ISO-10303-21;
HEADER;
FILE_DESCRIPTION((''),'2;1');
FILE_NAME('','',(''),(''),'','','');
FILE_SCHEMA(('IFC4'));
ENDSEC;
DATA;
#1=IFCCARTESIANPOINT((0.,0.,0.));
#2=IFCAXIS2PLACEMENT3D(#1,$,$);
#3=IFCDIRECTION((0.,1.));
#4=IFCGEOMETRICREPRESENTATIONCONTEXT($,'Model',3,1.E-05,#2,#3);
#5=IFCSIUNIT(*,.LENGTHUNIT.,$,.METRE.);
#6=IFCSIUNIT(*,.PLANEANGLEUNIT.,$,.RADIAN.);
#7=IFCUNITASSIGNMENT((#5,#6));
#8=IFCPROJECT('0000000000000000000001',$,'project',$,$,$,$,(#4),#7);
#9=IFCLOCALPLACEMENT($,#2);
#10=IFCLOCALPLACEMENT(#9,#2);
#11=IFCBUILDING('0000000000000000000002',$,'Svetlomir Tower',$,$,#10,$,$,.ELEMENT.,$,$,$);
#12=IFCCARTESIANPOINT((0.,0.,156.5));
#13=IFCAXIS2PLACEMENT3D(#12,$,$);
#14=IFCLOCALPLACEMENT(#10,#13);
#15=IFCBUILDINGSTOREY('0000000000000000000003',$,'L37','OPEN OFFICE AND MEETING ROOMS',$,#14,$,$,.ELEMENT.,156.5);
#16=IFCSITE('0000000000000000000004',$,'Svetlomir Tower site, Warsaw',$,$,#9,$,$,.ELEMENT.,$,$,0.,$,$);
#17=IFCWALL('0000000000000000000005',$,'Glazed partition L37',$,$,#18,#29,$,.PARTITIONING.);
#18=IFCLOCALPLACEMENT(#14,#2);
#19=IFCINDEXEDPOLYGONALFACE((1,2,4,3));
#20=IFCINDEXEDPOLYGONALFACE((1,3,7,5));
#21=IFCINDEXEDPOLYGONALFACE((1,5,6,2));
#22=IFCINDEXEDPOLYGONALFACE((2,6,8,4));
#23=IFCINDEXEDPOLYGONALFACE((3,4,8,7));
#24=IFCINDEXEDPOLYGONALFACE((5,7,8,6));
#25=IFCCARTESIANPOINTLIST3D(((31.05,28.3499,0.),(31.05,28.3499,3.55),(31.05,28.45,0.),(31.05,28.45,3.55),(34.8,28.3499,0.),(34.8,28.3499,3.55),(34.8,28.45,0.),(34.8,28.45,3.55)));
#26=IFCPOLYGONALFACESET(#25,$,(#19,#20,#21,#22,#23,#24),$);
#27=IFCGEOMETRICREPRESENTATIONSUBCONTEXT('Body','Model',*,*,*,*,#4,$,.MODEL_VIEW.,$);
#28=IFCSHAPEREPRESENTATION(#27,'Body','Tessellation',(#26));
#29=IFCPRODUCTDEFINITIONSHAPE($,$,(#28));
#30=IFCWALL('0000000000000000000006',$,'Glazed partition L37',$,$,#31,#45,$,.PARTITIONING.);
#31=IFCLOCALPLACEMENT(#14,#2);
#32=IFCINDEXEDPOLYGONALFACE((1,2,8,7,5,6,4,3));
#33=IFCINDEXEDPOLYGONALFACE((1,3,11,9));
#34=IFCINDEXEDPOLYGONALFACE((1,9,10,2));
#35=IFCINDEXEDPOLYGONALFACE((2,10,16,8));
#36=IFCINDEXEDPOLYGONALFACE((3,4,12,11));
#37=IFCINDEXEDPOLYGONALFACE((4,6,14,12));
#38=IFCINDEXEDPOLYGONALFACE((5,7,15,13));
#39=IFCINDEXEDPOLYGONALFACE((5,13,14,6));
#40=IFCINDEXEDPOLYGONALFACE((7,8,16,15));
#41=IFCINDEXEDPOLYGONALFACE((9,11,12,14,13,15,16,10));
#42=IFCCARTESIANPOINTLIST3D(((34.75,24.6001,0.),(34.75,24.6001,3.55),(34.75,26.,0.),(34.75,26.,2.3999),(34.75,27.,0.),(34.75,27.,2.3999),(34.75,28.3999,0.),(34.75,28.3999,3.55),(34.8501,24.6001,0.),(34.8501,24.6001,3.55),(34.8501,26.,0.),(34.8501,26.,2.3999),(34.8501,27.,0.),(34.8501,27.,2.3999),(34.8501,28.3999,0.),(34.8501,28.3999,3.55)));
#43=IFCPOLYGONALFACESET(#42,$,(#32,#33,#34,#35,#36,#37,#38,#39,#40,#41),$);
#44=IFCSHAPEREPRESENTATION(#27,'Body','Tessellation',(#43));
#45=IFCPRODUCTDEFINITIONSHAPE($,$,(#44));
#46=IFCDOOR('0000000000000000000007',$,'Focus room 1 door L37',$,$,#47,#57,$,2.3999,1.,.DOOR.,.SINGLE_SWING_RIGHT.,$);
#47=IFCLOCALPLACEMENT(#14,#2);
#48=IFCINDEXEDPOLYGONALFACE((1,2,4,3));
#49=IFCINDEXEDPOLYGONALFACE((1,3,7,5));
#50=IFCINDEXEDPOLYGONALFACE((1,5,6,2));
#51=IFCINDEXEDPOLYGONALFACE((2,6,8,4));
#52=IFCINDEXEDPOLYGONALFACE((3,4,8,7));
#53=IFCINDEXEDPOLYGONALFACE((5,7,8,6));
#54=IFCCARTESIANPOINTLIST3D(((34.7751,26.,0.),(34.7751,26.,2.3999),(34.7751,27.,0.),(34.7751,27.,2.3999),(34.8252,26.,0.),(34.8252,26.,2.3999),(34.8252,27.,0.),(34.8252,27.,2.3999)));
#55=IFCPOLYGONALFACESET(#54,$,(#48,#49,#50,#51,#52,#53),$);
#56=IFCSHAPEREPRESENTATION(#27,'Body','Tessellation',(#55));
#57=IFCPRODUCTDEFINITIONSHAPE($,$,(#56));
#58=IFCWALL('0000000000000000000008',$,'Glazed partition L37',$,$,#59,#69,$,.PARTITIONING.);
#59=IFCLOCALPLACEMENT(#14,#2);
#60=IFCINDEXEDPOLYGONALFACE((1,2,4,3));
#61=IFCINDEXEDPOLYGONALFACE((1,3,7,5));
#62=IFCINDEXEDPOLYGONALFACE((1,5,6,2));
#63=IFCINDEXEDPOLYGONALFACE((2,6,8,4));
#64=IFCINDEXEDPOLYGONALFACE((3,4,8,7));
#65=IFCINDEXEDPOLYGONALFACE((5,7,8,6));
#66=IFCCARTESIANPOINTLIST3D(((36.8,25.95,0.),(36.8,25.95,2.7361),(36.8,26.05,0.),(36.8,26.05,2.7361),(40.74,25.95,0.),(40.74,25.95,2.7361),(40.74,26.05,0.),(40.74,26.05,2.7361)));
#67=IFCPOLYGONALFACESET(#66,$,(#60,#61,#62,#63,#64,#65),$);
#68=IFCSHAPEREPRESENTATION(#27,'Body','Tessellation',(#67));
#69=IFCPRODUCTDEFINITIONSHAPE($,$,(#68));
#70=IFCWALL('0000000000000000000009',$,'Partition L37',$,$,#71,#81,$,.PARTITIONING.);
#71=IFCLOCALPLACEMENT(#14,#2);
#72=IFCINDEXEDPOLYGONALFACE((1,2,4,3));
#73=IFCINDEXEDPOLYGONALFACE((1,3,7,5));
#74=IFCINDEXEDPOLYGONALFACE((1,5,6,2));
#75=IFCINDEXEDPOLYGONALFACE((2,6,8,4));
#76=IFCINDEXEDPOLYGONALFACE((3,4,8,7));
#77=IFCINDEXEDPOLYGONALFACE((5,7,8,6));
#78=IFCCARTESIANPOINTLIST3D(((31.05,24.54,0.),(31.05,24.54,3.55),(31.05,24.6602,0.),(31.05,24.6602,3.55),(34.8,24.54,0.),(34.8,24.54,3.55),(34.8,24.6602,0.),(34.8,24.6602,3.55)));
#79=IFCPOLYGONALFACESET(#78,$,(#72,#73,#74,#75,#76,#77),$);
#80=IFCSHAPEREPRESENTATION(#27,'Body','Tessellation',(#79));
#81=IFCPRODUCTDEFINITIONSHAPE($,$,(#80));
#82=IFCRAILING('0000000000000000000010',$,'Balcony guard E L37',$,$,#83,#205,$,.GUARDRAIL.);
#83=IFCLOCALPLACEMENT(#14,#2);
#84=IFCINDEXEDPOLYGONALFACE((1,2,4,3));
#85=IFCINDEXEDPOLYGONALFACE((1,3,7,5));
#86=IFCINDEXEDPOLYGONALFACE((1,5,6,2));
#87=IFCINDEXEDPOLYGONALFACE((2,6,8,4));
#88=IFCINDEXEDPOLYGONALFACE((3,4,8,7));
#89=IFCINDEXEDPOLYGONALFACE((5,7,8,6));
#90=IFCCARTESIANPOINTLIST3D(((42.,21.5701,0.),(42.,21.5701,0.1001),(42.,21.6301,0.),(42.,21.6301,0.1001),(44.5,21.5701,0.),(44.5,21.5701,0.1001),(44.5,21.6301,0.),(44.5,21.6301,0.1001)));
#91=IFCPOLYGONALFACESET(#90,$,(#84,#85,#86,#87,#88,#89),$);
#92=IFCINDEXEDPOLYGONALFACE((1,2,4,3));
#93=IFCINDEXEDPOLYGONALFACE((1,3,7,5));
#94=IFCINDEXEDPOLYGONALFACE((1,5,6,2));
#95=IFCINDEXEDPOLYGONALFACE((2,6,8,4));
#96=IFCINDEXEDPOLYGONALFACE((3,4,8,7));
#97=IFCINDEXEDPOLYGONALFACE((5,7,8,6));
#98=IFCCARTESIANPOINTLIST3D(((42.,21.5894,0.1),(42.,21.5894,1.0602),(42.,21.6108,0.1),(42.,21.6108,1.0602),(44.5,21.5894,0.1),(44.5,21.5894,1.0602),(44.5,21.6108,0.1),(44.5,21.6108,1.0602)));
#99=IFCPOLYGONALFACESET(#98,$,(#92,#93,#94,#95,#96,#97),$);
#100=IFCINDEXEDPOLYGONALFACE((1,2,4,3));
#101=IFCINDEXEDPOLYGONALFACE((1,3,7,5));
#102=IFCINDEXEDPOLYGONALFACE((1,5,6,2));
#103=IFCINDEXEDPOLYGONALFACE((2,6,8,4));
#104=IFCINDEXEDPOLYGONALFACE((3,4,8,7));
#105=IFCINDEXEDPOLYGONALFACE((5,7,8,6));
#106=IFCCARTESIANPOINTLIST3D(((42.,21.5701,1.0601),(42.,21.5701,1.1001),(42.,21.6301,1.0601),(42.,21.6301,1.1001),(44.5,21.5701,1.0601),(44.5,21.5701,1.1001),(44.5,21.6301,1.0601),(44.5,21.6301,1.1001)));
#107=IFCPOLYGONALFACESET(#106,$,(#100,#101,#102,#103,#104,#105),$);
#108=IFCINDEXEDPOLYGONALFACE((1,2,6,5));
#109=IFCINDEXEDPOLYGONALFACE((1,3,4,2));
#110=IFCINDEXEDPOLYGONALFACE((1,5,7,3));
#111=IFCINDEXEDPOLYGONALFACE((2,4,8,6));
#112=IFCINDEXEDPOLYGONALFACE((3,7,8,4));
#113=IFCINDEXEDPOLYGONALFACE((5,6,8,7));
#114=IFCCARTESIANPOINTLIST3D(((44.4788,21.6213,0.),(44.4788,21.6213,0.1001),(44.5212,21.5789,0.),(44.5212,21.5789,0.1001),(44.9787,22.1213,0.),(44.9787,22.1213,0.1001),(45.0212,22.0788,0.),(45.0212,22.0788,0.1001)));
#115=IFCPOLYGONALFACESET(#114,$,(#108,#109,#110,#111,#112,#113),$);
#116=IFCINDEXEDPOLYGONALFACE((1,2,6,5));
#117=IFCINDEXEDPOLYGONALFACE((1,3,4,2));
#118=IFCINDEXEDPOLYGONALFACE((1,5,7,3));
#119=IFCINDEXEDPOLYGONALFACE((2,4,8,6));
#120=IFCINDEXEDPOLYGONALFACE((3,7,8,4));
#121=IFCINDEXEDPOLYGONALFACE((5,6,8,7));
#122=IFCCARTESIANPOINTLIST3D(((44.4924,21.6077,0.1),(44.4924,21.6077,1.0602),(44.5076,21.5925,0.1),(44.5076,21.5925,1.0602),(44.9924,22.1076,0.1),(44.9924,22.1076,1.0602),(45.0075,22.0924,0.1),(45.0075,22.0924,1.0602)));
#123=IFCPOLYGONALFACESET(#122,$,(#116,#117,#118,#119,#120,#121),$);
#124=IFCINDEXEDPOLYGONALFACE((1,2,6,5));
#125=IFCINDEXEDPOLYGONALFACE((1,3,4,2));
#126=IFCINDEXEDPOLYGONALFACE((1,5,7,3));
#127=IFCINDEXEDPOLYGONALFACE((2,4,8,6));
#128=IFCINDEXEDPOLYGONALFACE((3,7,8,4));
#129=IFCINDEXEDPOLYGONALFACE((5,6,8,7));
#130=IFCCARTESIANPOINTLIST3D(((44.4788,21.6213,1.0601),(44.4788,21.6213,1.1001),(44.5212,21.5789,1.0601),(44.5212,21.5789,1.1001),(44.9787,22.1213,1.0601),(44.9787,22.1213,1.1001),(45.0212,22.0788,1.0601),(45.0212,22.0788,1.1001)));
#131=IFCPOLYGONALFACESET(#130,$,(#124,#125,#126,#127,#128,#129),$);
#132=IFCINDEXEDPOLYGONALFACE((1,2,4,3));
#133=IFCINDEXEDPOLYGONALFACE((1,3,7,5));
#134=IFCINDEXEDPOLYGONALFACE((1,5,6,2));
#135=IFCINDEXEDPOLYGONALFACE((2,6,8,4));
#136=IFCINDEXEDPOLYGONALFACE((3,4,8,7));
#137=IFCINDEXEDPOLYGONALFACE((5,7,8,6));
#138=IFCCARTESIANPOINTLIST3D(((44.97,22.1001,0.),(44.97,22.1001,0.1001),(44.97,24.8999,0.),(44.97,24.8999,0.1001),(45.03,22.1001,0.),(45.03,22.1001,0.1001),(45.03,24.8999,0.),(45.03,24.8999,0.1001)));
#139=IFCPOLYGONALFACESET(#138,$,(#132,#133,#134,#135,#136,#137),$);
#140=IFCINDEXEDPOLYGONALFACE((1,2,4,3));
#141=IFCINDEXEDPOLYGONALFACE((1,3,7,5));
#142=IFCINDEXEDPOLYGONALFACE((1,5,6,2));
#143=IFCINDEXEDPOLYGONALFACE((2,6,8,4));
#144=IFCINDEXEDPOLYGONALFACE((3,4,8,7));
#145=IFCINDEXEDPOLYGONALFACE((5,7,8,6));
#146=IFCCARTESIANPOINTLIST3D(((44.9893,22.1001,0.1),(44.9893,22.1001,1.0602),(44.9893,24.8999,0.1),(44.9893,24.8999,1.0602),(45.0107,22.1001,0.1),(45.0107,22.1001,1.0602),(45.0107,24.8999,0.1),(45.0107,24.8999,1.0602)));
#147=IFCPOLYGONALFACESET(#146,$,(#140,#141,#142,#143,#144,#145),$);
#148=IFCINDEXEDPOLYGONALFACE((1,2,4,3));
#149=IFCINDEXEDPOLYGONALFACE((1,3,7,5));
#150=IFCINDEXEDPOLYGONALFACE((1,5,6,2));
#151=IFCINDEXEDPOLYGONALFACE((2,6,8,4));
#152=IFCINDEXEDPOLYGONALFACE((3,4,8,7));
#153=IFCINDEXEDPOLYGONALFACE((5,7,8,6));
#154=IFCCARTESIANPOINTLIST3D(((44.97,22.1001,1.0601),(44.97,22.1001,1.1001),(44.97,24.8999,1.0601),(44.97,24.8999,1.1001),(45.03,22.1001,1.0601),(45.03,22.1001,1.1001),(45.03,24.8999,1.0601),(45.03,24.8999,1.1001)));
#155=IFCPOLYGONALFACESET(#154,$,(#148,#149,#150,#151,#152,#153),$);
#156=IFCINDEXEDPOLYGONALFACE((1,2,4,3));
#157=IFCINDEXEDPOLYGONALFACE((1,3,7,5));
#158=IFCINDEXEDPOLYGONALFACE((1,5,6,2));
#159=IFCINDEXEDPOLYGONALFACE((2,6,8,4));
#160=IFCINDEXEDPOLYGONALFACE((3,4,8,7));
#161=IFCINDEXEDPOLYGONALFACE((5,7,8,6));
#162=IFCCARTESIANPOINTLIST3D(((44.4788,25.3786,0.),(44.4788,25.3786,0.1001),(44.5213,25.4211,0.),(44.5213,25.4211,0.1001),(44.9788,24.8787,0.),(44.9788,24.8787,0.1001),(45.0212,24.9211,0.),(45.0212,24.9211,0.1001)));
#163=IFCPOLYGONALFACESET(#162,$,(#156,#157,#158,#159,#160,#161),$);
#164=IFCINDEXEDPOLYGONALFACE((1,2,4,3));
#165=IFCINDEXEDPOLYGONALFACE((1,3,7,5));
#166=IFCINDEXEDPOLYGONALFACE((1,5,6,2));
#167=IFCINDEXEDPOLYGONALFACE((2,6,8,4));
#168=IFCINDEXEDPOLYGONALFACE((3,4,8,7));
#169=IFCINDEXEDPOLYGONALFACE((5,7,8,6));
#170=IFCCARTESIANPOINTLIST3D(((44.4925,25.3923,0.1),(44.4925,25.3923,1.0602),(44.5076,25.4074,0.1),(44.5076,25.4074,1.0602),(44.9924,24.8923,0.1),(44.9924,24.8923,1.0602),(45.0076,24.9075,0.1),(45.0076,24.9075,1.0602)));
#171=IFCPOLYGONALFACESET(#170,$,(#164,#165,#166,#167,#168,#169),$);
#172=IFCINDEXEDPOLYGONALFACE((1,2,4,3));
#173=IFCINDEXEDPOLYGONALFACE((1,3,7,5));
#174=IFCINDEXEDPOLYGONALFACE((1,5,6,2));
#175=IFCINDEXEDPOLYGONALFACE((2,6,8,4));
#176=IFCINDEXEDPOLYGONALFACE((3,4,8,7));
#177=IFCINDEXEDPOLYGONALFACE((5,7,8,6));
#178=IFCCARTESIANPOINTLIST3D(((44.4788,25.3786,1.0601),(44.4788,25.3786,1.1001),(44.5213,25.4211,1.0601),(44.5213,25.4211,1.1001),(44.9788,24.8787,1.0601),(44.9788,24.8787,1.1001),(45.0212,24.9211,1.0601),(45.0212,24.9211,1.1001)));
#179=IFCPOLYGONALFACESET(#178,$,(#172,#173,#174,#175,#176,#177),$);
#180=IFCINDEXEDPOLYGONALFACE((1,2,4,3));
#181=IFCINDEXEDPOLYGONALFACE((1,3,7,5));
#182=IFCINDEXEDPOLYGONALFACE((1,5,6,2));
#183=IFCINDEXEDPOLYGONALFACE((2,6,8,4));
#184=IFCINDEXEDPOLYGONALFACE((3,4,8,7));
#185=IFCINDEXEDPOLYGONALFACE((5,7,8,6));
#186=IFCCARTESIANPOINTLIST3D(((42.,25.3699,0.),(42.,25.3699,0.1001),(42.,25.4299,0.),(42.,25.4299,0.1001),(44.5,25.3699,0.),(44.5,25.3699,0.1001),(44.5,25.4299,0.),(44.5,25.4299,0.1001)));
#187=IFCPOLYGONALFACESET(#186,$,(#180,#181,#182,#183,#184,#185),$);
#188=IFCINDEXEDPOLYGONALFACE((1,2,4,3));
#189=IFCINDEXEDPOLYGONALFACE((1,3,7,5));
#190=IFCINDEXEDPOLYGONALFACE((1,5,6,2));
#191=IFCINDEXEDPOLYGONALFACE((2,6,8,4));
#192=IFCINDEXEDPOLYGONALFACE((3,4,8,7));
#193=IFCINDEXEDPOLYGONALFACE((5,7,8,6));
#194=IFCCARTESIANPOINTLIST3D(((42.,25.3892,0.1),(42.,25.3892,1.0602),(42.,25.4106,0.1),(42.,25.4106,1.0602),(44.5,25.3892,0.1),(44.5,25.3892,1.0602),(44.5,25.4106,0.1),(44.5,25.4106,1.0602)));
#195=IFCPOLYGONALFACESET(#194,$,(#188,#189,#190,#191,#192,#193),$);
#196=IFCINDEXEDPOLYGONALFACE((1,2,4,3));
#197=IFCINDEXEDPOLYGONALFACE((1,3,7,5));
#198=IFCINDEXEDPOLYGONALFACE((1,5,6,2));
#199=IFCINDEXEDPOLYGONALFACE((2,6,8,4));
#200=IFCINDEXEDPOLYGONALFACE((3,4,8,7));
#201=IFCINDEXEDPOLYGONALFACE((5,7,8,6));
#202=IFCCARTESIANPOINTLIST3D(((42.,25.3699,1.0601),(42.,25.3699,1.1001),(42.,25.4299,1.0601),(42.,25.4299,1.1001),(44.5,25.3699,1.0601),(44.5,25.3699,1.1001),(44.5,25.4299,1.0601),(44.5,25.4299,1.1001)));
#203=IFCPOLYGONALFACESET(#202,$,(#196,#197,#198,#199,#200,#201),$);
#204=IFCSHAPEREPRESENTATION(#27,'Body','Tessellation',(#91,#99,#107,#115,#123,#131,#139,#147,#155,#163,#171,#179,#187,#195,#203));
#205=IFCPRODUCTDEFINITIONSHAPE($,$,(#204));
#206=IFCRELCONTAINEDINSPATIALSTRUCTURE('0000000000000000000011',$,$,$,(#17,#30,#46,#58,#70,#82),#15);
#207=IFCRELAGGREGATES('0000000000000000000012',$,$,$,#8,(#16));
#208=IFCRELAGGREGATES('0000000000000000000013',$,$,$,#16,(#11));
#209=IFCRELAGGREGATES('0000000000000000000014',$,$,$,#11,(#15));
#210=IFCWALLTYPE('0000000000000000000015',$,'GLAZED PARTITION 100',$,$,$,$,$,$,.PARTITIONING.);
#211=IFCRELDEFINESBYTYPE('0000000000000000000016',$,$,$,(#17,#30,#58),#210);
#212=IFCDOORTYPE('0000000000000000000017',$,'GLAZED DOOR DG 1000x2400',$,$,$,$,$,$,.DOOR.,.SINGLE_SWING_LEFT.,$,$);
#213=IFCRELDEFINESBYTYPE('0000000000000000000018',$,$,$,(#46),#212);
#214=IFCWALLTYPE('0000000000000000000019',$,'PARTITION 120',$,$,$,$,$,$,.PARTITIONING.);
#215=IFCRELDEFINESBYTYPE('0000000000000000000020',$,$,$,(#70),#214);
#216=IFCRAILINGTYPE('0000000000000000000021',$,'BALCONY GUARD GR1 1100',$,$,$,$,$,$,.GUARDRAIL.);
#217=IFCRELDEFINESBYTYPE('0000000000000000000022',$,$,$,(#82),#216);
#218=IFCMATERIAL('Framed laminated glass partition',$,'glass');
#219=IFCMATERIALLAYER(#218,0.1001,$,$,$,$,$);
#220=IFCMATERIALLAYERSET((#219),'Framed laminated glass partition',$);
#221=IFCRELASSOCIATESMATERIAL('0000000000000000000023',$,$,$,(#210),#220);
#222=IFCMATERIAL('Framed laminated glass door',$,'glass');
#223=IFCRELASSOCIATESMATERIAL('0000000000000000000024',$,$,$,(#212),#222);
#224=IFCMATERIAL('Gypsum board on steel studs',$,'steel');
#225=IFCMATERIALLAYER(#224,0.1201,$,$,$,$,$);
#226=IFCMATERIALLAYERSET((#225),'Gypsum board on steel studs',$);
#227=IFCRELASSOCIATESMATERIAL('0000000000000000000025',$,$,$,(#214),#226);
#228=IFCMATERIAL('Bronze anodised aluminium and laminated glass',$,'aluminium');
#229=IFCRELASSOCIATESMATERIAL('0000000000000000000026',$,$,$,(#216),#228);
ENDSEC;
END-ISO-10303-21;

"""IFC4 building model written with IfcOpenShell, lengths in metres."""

from ifc_helpers import new_model, si_unit, direction, frame, frame_2d, origin, origin_2d, place, context, subcontext, project, spatial, rectangle, extrude, material, layer, layer_set, type_object, element, fill, save


model = new_model("IFC4")

# Units and contexts
model_context = context("Model", 3, precision=1e-05, world=origin(), true_north=direction((0.0, 1.0)))
body_context = subcontext(model_context, "Body", "Model", "MODEL_VIEW")
ifc_project = project(units=[si_unit("LENGTHUNIT", "METRE"), si_unit("PLANEANGLEUNIT", "RADIAN")], contexts=[model_context])

# Site, building, storey
site_placement = place(None, origin())
site = spatial("IfcSite", under=ifc_project, at=site_placement, Name="Svetlomir Tower site, Warsaw", CompositionType="ELEMENT", RefElevation=0.0)
building_placement = place(site_placement, origin())
building = spatial("IfcBuilding", under=site, at=building_placement, Name="Svetlomir Tower", CompositionType="ELEMENT")
storey_placement = place(building_placement, frame((0.0, 0.0, 156.5)))
storey = spatial("IfcBuildingStorey", under=building, at=storey_placement, Name="L37", Description="OPEN OFFICE AND MEETING ROOMS", CompositionType="ELEMENT", Elevation=156.5)

# Wall
ifc_material_1 = material(Name="Framed laminated glass partition", Category="glass")
ifc_layer_1 = layer(ifc_material_1, 0.1001)
ifc_layer_set_1 = layer_set([ifc_layer_1], Name="Framed laminated glass partition")
wall_type_1 = type_object("IfcWallType", Name="GLAZED PARTITION 100", PredefinedType="PARTITIONING", material=ifc_layer_set_1)
wall_1_placement = place(storey_placement, frame((31.05, 28.3999, 0.0), z_axis=(0.0, 0.0, 1.0), x_axis=(1.0, 0.0, 0.0)))
element("IfcWall", 1, at=wall_1_placement, inside=storey, type_object=wall_type_1, Name="Glazed partition L37", PredefinedType="PARTITIONING", context=body_context, shape_type="SweptSolid", body=[
    extrude(rectangle(XDim=3.75, YDim=0.1001, at=frame_2d((1.875, 0.0))), origin(), (0.0, 0.0, 1.0), 3.55),
])

# Wall, opening, door
wall_2_placement = place(storey_placement, frame((34.8, 24.6001, 0.0), z_axis=(0.0, 0.0, 1.0), x_axis=(0.0, 1.0, 0.0)))
wall_2 = element("IfcWall", 2, at=wall_2_placement, inside=storey, type_object=wall_type_1, Name="Glazed partition L37", PredefinedType="PARTITIONING", context=body_context, shape_type="SweptSolid", body=[
    extrude(rectangle(XDim=3.7998, YDim=0.1001, at=frame_2d((1.8999, 0.0))), origin(), (0.0, 0.0, 1.0), 3.55),
])
opening_1_placement = place(wall_2_placement, frame((1.3999, 0.0, 0.0)))
opening_1 = element("IfcOpeningElement", 3, at=opening_1_placement, cuts=wall_2, PredefinedType="OPENING", context=body_context, shape_type="SweptSolid", body=[
    extrude(rectangle(XDim=1.0, YDim=2.3999, at=frame_2d((0.5, 1.2))), frame((0.0, 0.0601, 0.0), z_axis=(0.0, -1.0, 0.0), x_axis=(1.0, 0.0, 0.0)), (0.0, 0.0, 1.0), 0.1201),
])
ifc_material_2 = material(Name="Framed laminated glass door", Category="glass")
door_type_1 = type_object("IfcDoorType", Name="GLAZED DOOR DG 1000x2400", OperationType="SINGLE_SWING_LEFT", PredefinedType="DOOR", material=ifc_material_2)
door_1_placement = place(opening_1_placement, origin())
door_1 = element("IfcDoor", 4, at=door_1_placement, inside=storey, type_object=door_type_1, Name="Focus room 1 door L37", OperationType="SINGLE_SWING_RIGHT", OverallHeight=2.3999, OverallWidth=1.0, PredefinedType="DOOR", context=body_context, shape_type="SweptSolid", body=[
    extrude(rectangle(XDim=1.0, YDim=2.3999, at=frame_2d((0.5, 1.2))), frame((0.0, 0.0249, 0.0), z_axis=(0.0, -1.0, 0.0), x_axis=(1.0, 0.0, 0.0)), (0.0, 0.0, 1.0), 0.05),
])
fill(opening_1, door_1)

# Walls
wall_3_placement = place(storey_placement, frame((36.8, 26.0, 0.0), z_axis=(0.0, 0.0, 1.0), x_axis=(1.0, 0.0, 0.0)))
element("IfcWall", 5, at=wall_3_placement, inside=storey, type_object=wall_type_1, Name="Glazed partition L37", PredefinedType="PARTITIONING", context=body_context, shape_type="SweptSolid", body=[
    extrude(rectangle(XDim=3.9399, YDim=0.1001, at=frame_2d((1.97, 0.0))), origin(), (0.0, 0.0, 1.0), 2.7361),
])
ifc_material_3 = material(Name="Gypsum board on steel studs", Category="steel")
ifc_layer_2 = layer(ifc_material_3, 0.1201)
ifc_layer_set_2 = layer_set([ifc_layer_2], Name="Gypsum board on steel studs")
wall_type_2 = type_object("IfcWallType", Name="PARTITION 120", PredefinedType="PARTITIONING", material=ifc_layer_set_2)
wall_4_placement = place(storey_placement, frame((31.05, 24.6001, 0.0), z_axis=(0.0, 0.0, 1.0), x_axis=(1.0, 0.0, 0.0)))
element("IfcWall", 6, at=wall_4_placement, inside=storey, type_object=wall_type_2, Name="Partition L37", PredefinedType="PARTITIONING", context=body_context, shape_type="SweptSolid", body=[
    extrude(rectangle(XDim=3.75, YDim=0.1201, at=frame_2d((1.875, 0.0))), origin(), (0.0, 0.0, 1.0), 3.55),
])

# Railing
ifc_material_4 = material(Name="Bronze anodised aluminium and laminated glass", Category="aluminium")
railing_type = type_object("IfcRailingType", Name="BALCONY GUARD GR1 1100", PredefinedType="GUARDRAIL", material=ifc_material_4)
railing_placement = place(storey_placement, frame((42.0, 21.6001, 0.0)))
element("IfcRailing", 7, at=railing_placement, inside=storey, type_object=railing_type, Name="Balcony guard E L37", PredefinedType="GUARDRAIL", context=body_context, shape_type="SweptSolid", body=[
    extrude(rectangle(XDim=0.0601, YDim=0.1001, at=origin_2d()), frame((0.0, 0.0, 0.05), z_axis=(1.0, 0.0, 0.0), x_axis=(0.0, 1.0, 0.0)), (0.0, 0.0, 1.0), 2.5),
    extrude(rectangle(XDim=0.0215, YDim=0.9602, at=origin_2d()), frame((0.0, 0.0, 0.5801), z_axis=(1.0, 0.0, 0.0), x_axis=(0.0, 1.0, 0.0)), (0.0, 0.0, 1.0), 2.5),
    extrude(rectangle(XDim=0.0601, YDim=0.04, at=origin_2d()), frame((0.0, 0.0, 1.0801), z_axis=(1.0, 0.0, 0.0), x_axis=(0.0, 1.0, 0.0)), (0.0, 0.0, 1.0), 2.5),
    extrude(rectangle(XDim=0.0601, YDim=0.1001, at=origin_2d()), frame((2.5, 0.0, 0.05), z_axis=(0.707107, 0.707107, 0.0), x_axis=(-0.707107, 0.707107, 0.0)), (0.0, 0.0, 1.0), 0.707),
    extrude(rectangle(XDim=0.0215, YDim=0.9602, at=origin_2d()), frame((2.5, 0.0, 0.5801), z_axis=(0.707107, 0.707107, 0.0), x_axis=(-0.707107, 0.707107, 0.0)), (0.0, 0.0, 1.0), 0.707),
    extrude(rectangle(XDim=0.0601, YDim=0.04, at=origin_2d()), frame((2.5, 0.0, 1.0801), z_axis=(0.707107, 0.707107, 0.0), x_axis=(-0.707107, 0.707107, 0.0)), (0.0, 0.0, 1.0), 0.707),
    extrude(rectangle(XDim=0.0601, YDim=0.1001, at=origin_2d()), frame((3.0, 0.5, 0.05), z_axis=(0.0, 1.0, 0.0), x_axis=(-1.0, 0.0, 0.0)), (0.0, 0.0, 1.0), 2.7998),
    extrude(rectangle(XDim=0.0215, YDim=0.9602, at=origin_2d()), frame((3.0, 0.5, 0.5801), z_axis=(0.0, 1.0, 0.0), x_axis=(-1.0, 0.0, 0.0)), (0.0, 0.0, 1.0), 2.7998),
    extrude(rectangle(XDim=0.0601, YDim=0.04, at=origin_2d()), frame((3.0, 0.5, 1.0801), z_axis=(0.0, 1.0, 0.0), x_axis=(-1.0, 0.0, 0.0)), (0.0, 0.0, 1.0), 2.7998),
    extrude(rectangle(XDim=0.0601, YDim=0.1001, at=origin_2d()), frame((3.0, 3.2998, 0.05), z_axis=(-0.707107, 0.707107, 0.0), x_axis=(-0.707107, -0.707107, 0.0)), (0.0, 0.0, 1.0), 0.707),
    extrude(rectangle(XDim=0.0215, YDim=0.9602, at=origin_2d()), frame((3.0, 3.2998, 0.5801), z_axis=(-0.707107, 0.707107, 0.0), x_axis=(-0.707107, -0.707107, 0.0)), (0.0, 0.0, 1.0), 0.707),
    extrude(rectangle(XDim=0.0601, YDim=0.04, at=origin_2d()), frame((3.0, 3.2998, 1.0801), z_axis=(-0.707107, 0.707107, 0.0), x_axis=(-0.707107, -0.707107, 0.0)), (0.0, 0.0, 1.0), 0.707),
    extrude(rectangle(XDim=0.0601, YDim=0.1001, at=origin_2d()), frame((2.5, 3.7998, 0.05), z_axis=(-1.0, 0.0, 0.0), x_axis=(0.0, -1.0, 0.0)), (0.0, 0.0, 1.0), 2.5),
    extrude(rectangle(XDim=0.0215, YDim=0.9602, at=origin_2d()), frame((2.5, 3.7998, 0.5801), z_axis=(-1.0, 0.0, 0.0), x_axis=(0.0, -1.0, 0.0)), (0.0, 0.0, 1.0), 2.5),
    extrude(rectangle(XDim=0.0601, YDim=0.04, at=origin_2d()), frame((2.5, 3.7998, 1.0801), z_axis=(-1.0, 0.0, 0.0), x_axis=(0.0, -1.0, 0.0)), (0.0, 0.0, 1.0), 2.5),
])

save(model, "model.ifc")
